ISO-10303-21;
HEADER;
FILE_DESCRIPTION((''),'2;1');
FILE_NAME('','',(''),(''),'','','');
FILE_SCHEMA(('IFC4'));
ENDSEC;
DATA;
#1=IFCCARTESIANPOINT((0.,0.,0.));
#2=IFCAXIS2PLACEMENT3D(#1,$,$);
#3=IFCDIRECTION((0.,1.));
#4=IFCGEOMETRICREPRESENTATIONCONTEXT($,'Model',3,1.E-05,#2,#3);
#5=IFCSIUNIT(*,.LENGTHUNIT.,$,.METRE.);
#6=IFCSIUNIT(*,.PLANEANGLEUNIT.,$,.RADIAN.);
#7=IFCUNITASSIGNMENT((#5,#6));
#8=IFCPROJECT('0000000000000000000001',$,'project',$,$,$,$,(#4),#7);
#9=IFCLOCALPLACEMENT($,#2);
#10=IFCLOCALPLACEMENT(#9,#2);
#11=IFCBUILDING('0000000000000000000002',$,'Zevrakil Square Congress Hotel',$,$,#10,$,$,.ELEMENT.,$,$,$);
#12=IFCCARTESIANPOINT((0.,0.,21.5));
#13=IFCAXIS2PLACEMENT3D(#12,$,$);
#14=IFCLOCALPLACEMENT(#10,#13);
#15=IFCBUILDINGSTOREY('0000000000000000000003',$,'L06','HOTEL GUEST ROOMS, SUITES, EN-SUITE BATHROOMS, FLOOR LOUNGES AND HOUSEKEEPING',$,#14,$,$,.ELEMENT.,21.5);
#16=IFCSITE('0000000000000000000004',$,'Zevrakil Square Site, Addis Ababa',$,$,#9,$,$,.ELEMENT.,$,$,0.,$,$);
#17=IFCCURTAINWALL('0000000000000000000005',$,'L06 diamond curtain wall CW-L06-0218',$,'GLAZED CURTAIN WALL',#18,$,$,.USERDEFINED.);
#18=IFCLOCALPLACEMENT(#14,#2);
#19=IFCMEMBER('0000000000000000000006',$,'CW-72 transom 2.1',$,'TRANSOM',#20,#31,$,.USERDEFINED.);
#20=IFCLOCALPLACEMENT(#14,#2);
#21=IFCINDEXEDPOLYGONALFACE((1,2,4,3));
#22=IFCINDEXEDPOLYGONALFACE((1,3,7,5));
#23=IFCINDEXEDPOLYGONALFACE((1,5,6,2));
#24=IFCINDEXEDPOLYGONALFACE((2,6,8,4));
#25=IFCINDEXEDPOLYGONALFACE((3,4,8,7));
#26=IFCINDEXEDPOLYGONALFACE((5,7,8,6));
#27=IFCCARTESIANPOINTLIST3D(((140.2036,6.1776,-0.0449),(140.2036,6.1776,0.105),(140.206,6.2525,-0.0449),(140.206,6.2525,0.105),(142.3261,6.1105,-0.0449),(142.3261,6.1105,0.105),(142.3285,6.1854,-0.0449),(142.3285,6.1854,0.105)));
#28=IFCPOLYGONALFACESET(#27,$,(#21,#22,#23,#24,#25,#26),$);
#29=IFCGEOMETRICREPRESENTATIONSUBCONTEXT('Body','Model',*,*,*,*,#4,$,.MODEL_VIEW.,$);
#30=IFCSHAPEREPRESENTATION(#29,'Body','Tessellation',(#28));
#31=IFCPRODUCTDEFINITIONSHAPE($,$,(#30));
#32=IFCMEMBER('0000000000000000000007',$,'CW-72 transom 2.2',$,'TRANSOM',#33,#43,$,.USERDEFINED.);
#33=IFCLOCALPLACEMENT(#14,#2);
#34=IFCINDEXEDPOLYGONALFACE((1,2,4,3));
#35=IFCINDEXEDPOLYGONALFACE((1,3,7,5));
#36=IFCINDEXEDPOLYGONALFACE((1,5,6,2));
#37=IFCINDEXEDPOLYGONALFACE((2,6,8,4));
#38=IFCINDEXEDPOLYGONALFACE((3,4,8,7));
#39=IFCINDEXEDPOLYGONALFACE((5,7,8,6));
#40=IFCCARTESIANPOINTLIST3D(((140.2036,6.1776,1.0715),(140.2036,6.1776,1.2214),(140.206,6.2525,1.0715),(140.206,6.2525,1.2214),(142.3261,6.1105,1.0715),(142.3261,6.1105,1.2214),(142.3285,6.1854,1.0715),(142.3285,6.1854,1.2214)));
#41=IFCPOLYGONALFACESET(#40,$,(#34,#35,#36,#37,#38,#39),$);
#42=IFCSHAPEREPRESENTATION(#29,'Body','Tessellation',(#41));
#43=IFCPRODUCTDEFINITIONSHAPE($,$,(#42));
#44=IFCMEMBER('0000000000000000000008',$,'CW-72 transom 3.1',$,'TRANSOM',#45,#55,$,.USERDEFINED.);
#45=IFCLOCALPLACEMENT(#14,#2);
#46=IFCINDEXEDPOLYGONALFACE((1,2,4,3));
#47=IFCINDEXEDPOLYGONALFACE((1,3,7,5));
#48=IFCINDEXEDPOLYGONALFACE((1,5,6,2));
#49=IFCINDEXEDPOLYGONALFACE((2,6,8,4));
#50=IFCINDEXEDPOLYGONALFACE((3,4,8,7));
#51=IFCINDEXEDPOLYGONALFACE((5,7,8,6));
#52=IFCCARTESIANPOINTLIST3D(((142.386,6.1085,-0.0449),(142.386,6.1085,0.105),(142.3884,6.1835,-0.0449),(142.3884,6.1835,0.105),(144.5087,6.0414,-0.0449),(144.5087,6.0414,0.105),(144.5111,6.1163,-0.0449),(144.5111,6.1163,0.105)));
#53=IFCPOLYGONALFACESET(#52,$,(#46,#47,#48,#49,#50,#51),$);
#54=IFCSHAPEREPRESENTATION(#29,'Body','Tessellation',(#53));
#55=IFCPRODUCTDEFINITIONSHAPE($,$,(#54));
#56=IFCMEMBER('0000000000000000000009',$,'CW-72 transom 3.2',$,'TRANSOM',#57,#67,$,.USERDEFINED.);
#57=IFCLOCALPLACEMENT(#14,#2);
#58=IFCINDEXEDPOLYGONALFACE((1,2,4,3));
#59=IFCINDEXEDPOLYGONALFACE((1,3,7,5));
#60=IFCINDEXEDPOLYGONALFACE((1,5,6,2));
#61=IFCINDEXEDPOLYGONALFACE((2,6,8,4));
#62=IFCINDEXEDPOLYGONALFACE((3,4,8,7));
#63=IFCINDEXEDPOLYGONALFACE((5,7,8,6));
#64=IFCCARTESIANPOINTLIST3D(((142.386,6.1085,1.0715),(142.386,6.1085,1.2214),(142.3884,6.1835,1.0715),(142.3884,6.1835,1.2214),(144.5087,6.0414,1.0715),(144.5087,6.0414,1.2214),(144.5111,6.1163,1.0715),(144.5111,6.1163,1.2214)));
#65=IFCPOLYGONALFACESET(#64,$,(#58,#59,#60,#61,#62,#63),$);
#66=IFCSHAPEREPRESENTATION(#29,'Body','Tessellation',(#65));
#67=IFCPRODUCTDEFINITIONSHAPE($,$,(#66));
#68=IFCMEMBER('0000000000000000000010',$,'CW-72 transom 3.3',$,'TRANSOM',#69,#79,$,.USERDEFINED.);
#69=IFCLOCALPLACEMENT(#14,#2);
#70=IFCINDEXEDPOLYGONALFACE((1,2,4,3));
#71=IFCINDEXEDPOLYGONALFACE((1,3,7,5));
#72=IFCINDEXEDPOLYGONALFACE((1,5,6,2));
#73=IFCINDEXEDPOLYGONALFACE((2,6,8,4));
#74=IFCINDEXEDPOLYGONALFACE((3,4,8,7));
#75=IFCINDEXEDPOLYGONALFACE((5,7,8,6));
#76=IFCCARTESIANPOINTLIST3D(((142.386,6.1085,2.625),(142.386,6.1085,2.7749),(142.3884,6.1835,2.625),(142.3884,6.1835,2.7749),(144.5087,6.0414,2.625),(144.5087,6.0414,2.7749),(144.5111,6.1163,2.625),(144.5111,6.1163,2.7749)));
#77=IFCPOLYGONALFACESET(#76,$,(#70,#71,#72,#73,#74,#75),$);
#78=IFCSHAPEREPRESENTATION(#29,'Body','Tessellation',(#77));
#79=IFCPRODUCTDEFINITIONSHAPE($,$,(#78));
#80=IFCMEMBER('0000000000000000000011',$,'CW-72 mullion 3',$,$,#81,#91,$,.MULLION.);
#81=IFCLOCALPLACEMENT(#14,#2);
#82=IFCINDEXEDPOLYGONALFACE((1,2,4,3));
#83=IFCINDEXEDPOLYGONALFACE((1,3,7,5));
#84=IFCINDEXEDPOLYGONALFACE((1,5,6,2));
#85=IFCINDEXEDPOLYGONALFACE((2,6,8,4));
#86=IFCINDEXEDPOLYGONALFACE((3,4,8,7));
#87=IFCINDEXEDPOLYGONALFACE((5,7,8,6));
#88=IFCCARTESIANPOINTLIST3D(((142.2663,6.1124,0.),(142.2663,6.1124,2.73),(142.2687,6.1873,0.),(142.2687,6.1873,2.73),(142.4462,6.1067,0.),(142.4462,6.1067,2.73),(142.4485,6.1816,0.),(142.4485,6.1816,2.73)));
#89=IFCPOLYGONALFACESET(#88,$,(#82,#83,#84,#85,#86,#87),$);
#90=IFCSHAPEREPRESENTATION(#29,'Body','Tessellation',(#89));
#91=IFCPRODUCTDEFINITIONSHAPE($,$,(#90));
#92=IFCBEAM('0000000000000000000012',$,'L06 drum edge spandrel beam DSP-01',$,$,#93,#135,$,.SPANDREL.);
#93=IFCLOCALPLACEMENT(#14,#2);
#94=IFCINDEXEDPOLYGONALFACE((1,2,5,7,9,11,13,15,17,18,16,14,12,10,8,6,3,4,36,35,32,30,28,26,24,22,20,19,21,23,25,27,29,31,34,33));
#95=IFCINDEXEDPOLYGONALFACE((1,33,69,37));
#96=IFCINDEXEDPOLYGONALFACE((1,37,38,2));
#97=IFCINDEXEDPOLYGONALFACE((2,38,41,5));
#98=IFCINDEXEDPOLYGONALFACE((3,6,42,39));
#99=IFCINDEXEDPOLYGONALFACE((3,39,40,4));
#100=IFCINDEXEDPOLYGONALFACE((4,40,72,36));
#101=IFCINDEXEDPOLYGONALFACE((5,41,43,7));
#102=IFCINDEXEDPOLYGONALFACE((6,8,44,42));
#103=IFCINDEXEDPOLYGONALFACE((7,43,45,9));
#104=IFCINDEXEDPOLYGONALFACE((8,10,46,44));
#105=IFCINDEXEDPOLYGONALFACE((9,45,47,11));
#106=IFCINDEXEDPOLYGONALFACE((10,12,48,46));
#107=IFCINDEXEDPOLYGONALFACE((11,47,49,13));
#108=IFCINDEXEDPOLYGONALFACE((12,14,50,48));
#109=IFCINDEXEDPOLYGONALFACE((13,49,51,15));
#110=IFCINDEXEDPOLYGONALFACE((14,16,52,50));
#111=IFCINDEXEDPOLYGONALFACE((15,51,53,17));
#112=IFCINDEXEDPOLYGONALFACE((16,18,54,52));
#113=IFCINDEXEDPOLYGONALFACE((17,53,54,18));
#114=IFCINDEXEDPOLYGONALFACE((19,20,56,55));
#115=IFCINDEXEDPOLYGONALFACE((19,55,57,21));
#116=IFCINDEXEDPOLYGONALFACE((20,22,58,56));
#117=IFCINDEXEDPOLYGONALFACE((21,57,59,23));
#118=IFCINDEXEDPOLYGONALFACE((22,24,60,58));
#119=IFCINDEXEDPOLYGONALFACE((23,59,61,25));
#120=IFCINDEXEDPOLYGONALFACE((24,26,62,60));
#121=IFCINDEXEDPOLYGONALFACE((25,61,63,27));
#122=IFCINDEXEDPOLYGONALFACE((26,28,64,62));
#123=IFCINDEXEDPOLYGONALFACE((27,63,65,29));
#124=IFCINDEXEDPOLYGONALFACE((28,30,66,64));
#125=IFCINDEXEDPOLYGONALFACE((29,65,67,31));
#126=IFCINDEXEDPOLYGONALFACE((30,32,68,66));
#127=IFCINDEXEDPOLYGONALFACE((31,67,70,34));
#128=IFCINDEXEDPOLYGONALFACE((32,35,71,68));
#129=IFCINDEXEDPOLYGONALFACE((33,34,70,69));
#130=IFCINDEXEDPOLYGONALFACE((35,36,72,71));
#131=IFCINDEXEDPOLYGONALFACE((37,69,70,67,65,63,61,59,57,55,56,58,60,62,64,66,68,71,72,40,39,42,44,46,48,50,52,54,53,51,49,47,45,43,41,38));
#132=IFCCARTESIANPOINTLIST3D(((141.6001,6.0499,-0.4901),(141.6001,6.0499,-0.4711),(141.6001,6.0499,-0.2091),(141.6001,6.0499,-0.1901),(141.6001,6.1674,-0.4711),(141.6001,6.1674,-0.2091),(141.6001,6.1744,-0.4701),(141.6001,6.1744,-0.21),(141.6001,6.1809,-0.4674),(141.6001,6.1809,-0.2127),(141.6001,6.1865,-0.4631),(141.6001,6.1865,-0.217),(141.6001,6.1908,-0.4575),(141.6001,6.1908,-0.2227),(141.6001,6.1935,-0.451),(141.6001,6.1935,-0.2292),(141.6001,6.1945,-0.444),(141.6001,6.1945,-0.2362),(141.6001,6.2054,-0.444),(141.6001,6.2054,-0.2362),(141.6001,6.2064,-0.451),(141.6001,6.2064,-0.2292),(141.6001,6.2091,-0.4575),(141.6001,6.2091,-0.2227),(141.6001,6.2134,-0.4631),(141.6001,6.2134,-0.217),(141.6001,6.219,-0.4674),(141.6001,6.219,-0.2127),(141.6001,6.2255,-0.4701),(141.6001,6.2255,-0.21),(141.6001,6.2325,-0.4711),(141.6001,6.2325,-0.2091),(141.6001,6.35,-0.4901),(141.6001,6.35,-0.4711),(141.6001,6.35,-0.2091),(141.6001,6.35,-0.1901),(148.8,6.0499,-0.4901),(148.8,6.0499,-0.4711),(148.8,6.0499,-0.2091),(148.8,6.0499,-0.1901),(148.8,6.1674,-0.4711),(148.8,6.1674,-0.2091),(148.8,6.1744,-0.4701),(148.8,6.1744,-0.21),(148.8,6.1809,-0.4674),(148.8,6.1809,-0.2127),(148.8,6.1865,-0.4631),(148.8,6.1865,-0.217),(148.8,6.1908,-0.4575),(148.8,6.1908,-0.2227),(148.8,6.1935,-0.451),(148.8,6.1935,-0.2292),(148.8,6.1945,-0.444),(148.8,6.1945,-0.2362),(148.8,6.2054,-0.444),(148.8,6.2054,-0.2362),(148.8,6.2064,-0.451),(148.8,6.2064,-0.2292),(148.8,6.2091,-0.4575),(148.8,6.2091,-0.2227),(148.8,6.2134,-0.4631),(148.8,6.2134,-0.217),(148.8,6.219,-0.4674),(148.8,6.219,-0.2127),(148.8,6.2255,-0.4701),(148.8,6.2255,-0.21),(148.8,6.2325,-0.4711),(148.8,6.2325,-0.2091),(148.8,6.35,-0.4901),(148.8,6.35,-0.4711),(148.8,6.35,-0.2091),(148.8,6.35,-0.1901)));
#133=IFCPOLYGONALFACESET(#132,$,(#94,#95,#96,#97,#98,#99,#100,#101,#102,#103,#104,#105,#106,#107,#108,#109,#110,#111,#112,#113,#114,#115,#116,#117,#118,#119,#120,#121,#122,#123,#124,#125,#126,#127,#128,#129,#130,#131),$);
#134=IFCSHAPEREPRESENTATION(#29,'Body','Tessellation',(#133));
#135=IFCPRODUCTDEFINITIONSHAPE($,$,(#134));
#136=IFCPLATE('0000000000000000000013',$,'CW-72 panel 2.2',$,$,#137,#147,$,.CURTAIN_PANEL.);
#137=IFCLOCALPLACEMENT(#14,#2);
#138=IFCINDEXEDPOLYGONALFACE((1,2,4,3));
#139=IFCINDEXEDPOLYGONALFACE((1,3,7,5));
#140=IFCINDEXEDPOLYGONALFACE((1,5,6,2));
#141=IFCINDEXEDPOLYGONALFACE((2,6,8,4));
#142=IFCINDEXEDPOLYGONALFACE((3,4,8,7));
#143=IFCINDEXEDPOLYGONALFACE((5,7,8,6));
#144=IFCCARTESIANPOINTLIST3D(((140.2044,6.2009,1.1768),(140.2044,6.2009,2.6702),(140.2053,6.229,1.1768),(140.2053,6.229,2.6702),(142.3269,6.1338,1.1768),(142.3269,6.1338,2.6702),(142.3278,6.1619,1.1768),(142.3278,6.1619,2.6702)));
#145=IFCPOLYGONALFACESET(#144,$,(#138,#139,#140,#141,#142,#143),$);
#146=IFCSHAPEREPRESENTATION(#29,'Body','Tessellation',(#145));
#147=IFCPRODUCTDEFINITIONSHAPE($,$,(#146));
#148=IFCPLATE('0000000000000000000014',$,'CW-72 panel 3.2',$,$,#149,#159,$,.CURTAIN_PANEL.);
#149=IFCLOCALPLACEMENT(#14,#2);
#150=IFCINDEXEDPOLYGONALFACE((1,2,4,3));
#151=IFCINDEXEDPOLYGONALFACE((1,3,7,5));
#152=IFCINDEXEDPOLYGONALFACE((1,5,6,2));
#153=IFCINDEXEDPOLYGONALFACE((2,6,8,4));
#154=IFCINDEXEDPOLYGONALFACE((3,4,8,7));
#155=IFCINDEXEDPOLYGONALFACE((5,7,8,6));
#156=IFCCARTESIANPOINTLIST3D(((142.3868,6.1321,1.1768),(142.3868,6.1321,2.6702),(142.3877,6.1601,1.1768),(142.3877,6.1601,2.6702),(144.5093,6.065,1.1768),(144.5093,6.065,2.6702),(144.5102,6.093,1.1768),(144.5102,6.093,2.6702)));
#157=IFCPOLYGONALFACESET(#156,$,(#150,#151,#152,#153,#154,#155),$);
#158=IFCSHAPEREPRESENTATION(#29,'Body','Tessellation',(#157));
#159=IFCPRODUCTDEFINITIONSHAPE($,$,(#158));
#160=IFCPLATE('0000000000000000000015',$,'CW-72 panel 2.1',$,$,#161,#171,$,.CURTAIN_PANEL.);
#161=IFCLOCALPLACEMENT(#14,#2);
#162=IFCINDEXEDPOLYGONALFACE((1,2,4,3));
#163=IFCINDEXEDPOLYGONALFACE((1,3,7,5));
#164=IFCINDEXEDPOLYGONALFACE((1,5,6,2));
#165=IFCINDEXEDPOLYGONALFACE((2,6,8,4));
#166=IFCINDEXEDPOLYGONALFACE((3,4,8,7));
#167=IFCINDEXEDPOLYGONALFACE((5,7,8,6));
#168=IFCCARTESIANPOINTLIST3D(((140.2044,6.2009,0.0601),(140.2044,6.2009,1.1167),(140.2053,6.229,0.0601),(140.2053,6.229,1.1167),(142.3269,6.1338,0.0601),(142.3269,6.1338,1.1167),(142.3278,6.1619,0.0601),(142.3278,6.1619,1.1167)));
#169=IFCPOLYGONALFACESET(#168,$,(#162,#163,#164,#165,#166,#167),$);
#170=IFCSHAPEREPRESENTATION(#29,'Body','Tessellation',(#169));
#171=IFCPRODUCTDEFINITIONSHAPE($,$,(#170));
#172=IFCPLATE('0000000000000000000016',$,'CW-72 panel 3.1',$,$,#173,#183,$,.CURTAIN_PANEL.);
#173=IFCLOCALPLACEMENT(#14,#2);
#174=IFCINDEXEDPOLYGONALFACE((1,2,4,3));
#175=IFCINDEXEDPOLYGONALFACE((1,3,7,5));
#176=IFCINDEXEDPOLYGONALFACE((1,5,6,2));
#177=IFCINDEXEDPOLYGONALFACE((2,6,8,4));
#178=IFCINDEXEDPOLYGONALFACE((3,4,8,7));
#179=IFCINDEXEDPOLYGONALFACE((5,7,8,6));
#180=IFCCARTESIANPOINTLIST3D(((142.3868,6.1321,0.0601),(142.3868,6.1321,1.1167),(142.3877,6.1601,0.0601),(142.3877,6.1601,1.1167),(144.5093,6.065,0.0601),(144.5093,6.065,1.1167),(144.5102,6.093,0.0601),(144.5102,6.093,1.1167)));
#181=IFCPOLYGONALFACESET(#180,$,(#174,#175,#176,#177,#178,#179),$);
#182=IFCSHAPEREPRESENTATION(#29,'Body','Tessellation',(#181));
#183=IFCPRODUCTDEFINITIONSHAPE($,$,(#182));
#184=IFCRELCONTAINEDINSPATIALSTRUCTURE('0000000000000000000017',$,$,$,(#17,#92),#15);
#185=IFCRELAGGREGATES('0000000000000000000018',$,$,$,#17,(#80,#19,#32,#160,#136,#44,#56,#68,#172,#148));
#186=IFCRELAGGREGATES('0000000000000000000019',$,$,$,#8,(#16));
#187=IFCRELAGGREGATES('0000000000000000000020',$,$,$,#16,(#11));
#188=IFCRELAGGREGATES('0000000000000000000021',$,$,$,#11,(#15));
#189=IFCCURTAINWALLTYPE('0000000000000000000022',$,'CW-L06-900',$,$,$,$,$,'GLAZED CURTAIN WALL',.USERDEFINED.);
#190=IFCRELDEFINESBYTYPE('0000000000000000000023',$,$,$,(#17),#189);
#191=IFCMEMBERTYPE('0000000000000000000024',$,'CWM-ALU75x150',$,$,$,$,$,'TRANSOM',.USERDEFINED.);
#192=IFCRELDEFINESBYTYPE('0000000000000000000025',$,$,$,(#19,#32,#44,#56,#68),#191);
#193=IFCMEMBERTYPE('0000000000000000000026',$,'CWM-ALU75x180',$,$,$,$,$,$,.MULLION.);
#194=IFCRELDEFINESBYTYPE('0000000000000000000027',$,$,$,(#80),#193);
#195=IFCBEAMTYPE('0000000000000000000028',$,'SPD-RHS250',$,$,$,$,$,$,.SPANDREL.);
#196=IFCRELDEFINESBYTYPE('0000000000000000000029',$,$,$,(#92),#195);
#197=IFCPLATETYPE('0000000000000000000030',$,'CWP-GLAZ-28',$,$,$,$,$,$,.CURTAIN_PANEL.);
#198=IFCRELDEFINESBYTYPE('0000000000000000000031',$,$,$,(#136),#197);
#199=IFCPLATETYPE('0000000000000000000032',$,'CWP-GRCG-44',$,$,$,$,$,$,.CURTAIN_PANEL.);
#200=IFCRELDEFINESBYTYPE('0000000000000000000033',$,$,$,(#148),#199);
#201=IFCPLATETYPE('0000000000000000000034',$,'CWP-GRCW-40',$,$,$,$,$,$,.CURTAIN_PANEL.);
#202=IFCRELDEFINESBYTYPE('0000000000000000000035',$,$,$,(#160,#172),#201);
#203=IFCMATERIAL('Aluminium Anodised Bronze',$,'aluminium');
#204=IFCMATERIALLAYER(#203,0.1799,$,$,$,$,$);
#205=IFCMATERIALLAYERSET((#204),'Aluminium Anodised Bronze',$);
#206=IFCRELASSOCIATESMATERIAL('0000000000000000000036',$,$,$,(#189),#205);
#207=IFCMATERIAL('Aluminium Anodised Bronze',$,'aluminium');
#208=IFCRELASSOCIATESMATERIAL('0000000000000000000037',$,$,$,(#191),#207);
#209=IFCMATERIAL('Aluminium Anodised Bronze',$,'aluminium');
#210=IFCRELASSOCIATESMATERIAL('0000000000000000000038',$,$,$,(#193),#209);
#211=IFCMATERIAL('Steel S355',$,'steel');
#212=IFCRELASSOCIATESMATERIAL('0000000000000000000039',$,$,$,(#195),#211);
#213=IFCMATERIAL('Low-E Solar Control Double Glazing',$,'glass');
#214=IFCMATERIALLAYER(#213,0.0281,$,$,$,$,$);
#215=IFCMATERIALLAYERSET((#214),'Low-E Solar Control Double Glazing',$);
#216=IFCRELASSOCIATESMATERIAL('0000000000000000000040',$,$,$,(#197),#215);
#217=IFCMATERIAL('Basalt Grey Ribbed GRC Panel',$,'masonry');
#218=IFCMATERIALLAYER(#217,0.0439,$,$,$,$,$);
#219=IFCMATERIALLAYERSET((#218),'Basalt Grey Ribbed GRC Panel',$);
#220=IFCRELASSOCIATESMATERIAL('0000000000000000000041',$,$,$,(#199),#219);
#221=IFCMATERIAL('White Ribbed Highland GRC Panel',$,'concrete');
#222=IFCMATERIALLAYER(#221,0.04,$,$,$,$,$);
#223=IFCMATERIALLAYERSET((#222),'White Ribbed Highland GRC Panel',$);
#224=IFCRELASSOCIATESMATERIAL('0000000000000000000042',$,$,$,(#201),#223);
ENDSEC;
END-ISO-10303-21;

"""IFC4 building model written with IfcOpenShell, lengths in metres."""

from ifc_helpers import new_model, si_unit, direction, frame, origin, origin_2d, place, context, subcontext, project, spatial, rectangle, i_section, extrude, material, layer, layer_set, material_profile, profile_set, type_object, element, aggregate, save


model = new_model("IFC4")

# Units and contexts
model_context = context("Model", 3, precision=1e-05, world=origin(), true_north=direction((0.0, 1.0)))
body_context = subcontext(model_context, "Body", "Model", "MODEL_VIEW")
ifc_project = project(units=[si_unit("LENGTHUNIT", "METRE"), si_unit("PLANEANGLEUNIT", "RADIAN")], contexts=[model_context])

# Site, building, storey
site_placement = place(None, origin())
site = spatial("IfcSite", under=ifc_project, at=site_placement, Name="Zevrakil Square Site, Addis Ababa", CompositionType="ELEMENT", RefElevation=0.0)
building_placement = place(site_placement, origin())
building = spatial("IfcBuilding", under=site, at=building_placement, Name="Zevrakil Square Congress Hotel", CompositionType="ELEMENT")
storey_placement = place(building_placement, frame((0.0, 0.0, 21.5)))
storey = spatial("IfcBuildingStorey", under=building, at=storey_placement, Name="L06", Description="HOTEL GUEST ROOMS, SUITES, EN-SUITE BATHROOMS, FLOOR LOUNGES AND HOUSEKEEPING", CompositionType="ELEMENT", Elevation=21.5)

# Curtain wall, members
ifc_material_1 = material(Name="Aluminium Anodised Bronze", Category="aluminium")
ifc_layer_1 = layer(ifc_material_1, 0.1799)
ifc_layer_set_1 = layer_set([ifc_layer_1], Name="Aluminium Anodised Bronze")
curtain_wall_type = type_object("IfcCurtainWallType", Name="CW-L06-900", ElementType="GLAZED CURTAIN WALL", PredefinedType="USERDEFINED", material=ifc_layer_set_1)
curtain_wall_placement = place(storey_placement, origin())
curtain_wall = element("IfcCurtainWall", 1, at=curtain_wall_placement, inside=storey, type_object=curtain_wall_type, Name="L06 diamond curtain wall CW-L06-0218", ObjectType="GLAZED CURTAIN WALL", PredefinedType="USERDEFINED")
ifc_material_2 = material(Name="Aluminium Anodised Bronze", Category="aluminium")
ifc_material_profile_1 = material_profile(ifc_material_2, rectangle(XDim=0.075, YDim=0.1499, at=origin_2d()), Name="ALU 75x150")
ifc_profile_set_1 = profile_set([ifc_material_profile_1], Name="Aluminium Anodised Bronze")
member_type_1 = type_object("IfcMemberType", Name="CWM-ALU75x150", ElementType="TRANSOM", PredefinedType="USERDEFINED", material=ifc_profile_set_1)
member_1_placement = place(storey_placement, frame((140.2048, 6.2151, 0.03), z_axis=(0.9995, -0.031615, 0.0), x_axis=(0.031615, 0.9995, 0.0)))
member_1 = element("IfcMember", 2, at=member_1_placement, type_object=member_type_1, Name="CW-72 transom 2.1", ObjectType="TRANSOM", PredefinedType="USERDEFINED", context=body_context, shape_type="SweptSolid", body=[
    extrude(rectangle(XDim=0.075, YDim=0.1499, at=origin_2d()), origin(), (0.0, 0.0, 1.0), 2.1235),
])
member_2_placement = place(storey_placement, frame((140.2048, 6.2151, 1.1465), z_axis=(0.9995, -0.031615, 0.0), x_axis=(0.031615, 0.9995, 0.0)))
member_2 = element("IfcMember", 3, at=member_2_placement, type_object=member_type_1, Name="CW-72 transom 2.2", ObjectType="TRANSOM", PredefinedType="USERDEFINED", context=body_context, shape_type="SweptSolid", body=[
    extrude(rectangle(XDim=0.075, YDim=0.1499, at=origin_2d()), origin(), (0.0, 0.0, 1.0), 2.1235),
])
member_3_placement = place(storey_placement, frame((142.3872, 6.146, 0.03), z_axis=(0.9995, -0.031612, 0.0), x_axis=(0.031612, 0.9995, 0.0)))
member_3 = element("IfcMember", 4, at=member_3_placement, type_object=member_type_1, Name="CW-72 transom 3.1", ObjectType="TRANSOM", PredefinedType="USERDEFINED", context=body_context, shape_type="SweptSolid", body=[
    extrude(rectangle(XDim=0.075, YDim=0.1499, at=origin_2d()), origin(), (0.0, 0.0, 1.0), 2.1238),
])
member_4_placement = place(storey_placement, frame((142.3872, 6.146, 1.1465), z_axis=(0.9995, -0.031612, 0.0), x_axis=(0.031612, 0.9995, 0.0)))
member_4 = element("IfcMember", 5, at=member_4_placement, type_object=member_type_1, Name="CW-72 transom 3.2", ObjectType="TRANSOM", PredefinedType="USERDEFINED", context=body_context, shape_type="SweptSolid", body=[
    extrude(rectangle(XDim=0.075, YDim=0.1499, at=origin_2d()), origin(), (0.0, 0.0, 1.0), 2.1238),
])
member_5_placement = place(storey_placement, frame((142.3872, 6.146, 2.7), z_axis=(0.9995, -0.031612, 0.0), x_axis=(0.031612, 0.9995, 0.0)))
member_5 = element("IfcMember", 6, at=member_5_placement, type_object=member_type_1, Name="CW-72 transom 3.3", ObjectType="TRANSOM", PredefinedType="USERDEFINED", context=body_context, shape_type="SweptSolid", body=[
    extrude(rectangle(XDim=0.075, YDim=0.1499, at=origin_2d()), origin(), (0.0, 0.0, 1.0), 2.1238),
])
ifc_material_3 = material(Name="Aluminium Anodised Bronze", Category="aluminium")
ifc_material_profile_2 = material_profile(ifc_material_3, rectangle(XDim=0.075, YDim=0.1799, at=origin_2d()), Name="ALU 75x180")
ifc_profile_set_2 = profile_set([ifc_material_profile_2], Name="Aluminium Anodised Bronze")
member_type_2 = type_object("IfcMemberType", Name="CWM-ALU75x180", PredefinedType="MULLION", material=ifc_profile_set_2)
member_6_placement = place(storey_placement, frame((142.3574, 6.147, 0.0), z_axis=(0.0, 0.0, 1.0), x_axis=(0.031598, 0.999501, 0.0)))
member_6 = element("IfcMember", 7, at=member_6_placement, type_object=member_type_2, Name="CW-72 mullion 3", PredefinedType="MULLION", context=body_context, shape_type="SweptSolid", body=[
    extrude(rectangle(XDim=0.075, YDim=0.1799, at=origin_2d()), origin(), (0.0, 0.0, 1.0), 2.73),
])

# Beam
ifc_material_4 = material(Name="Steel S355", Category="steel")
ifc_material_profile_3 = material_profile(ifc_material_4, i_section(OverallWidth=0.3, OverallDepth=0.3, WebThickness=0.011, FlangeThickness=0.019, FilletRadius=0.0271, at=origin_2d()), Name="HEB 300")
ifc_profile_set_3 = profile_set([ifc_material_profile_3], Name="Steel S355")
beam_type = type_object("IfcBeamType", Name="SPD-RHS250", PredefinedType="SPANDREL", material=ifc_profile_set_3)
beam_placement = place(storey_placement, frame((141.6001, 6.2, -0.3401), z_axis=(1.0, 0.0, 0.0), x_axis=(0.0, 1.0, 0.0)))
element("IfcBeam", 8, at=beam_placement, inside=storey, type_object=beam_type, Name="L06 drum edge spandrel beam DSP-01", PredefinedType="SPANDREL", context=body_context, shape_type="SweptSolid", body=[
    extrude(i_section(OverallWidth=0.3, OverallDepth=0.3, WebThickness=0.011, FlangeThickness=0.019, FilletRadius=0.0271, at=origin_2d()), origin(), (0.0, 0.0, 1.0), 7.2),
])

# Plates
ifc_material_5 = material(Name="Low-E Solar Control Double Glazing", Category="glass")
ifc_layer_2 = layer(ifc_material_5, 0.0281)
ifc_layer_set_2 = layer_set([ifc_layer_2], Name="Low-E Solar Control Double Glazing")
plate_type_1 = type_object("IfcPlateType", Name="CWP-GLAZ-28", PredefinedType="CURTAIN_PANEL", material=ifc_layer_set_2)
plate_1_placement = place(storey_placement, frame((141.2661, 6.1814, 1.1768), z_axis=(0.0, 0.0, 1.0), x_axis=(0.999501, -0.031598, 0.0)))
plate_1 = element("IfcPlate", 9, at=plate_1_placement, type_object=plate_type_1, Name="CW-72 panel 2.2", PredefinedType="CURTAIN_PANEL", context=body_context, shape_type="SweptSolid", body=[
    extrude(rectangle(XDim=2.1235, YDim=0.0281, at=origin_2d()), origin(), (0.0, 0.0, 1.0), 1.4934),
])
ifc_material_6 = material(Name="Basalt Grey Ribbed GRC Panel", Category="masonry")
ifc_layer_3 = layer(ifc_material_6, 0.0439)
ifc_layer_set_3 = layer_set([ifc_layer_3], Name="Basalt Grey Ribbed GRC Panel")
plate_type_2 = type_object("IfcPlateType", Name="CWP-GRCG-44", PredefinedType="CURTAIN_PANEL", material=ifc_layer_set_3)
plate_2_placement = place(storey_placement, frame((143.4485, 6.1125, 1.1768), z_axis=(0.0, 0.0, 1.0), x_axis=(0.999501, -0.031598, 0.0)))
plate_2 = element("IfcPlate", 10, at=plate_2_placement, type_object=plate_type_2, Name="CW-72 panel 3.2", PredefinedType="CURTAIN_PANEL", context=body_context, shape_type="SweptSolid", body=[
    extrude(rectangle(XDim=2.1235, YDim=0.0281, at=origin_2d()), origin(), (0.0, 0.0, 1.0), 1.4934),
])
ifc_material_7 = material(Name="White Ribbed Highland GRC Panel", Category="concrete")
ifc_layer_4 = layer(ifc_material_7, 0.04)
ifc_layer_set_4 = layer_set([ifc_layer_4], Name="White Ribbed Highland GRC Panel")
plate_type_3 = type_object("IfcPlateType", Name="CWP-GRCW-40", PredefinedType="CURTAIN_PANEL", material=ifc_layer_set_4)
plate_3_placement = place(storey_placement, frame((141.2661, 6.1814, 0.0601), z_axis=(0.0, 0.0, 1.0), x_axis=(0.999501, -0.031598, 0.0)))
plate_3 = element("IfcPlate", 11, at=plate_3_placement, type_object=plate_type_3, Name="CW-72 panel 2.1", PredefinedType="CURTAIN_PANEL", context=body_context, shape_type="SweptSolid", body=[
    extrude(rectangle(XDim=2.1235, YDim=0.0281, at=origin_2d()), origin(), (0.0, 0.0, 1.0), 1.0566),
])
plate_4_placement = place(storey_placement, frame((143.4485, 6.1125, 0.0601), z_axis=(0.0, 0.0, 1.0), x_axis=(0.999501, -0.031598, 0.0)))
plate_4 = element("IfcPlate", 12, at=plate_4_placement, type_object=plate_type_3, Name="CW-72 panel 3.1", PredefinedType="CURTAIN_PANEL", context=body_context, shape_type="SweptSolid", body=[
    extrude(rectangle(XDim=2.1235, YDim=0.0281, at=origin_2d()), origin(), (0.0, 0.0, 1.0), 1.0566),
])
aggregate(curtain_wall, [member_6, member_1, member_2, plate_3, plate_1, member_3, member_4, member_5, plate_4, plate_2])

save(model, "model.ifc")
